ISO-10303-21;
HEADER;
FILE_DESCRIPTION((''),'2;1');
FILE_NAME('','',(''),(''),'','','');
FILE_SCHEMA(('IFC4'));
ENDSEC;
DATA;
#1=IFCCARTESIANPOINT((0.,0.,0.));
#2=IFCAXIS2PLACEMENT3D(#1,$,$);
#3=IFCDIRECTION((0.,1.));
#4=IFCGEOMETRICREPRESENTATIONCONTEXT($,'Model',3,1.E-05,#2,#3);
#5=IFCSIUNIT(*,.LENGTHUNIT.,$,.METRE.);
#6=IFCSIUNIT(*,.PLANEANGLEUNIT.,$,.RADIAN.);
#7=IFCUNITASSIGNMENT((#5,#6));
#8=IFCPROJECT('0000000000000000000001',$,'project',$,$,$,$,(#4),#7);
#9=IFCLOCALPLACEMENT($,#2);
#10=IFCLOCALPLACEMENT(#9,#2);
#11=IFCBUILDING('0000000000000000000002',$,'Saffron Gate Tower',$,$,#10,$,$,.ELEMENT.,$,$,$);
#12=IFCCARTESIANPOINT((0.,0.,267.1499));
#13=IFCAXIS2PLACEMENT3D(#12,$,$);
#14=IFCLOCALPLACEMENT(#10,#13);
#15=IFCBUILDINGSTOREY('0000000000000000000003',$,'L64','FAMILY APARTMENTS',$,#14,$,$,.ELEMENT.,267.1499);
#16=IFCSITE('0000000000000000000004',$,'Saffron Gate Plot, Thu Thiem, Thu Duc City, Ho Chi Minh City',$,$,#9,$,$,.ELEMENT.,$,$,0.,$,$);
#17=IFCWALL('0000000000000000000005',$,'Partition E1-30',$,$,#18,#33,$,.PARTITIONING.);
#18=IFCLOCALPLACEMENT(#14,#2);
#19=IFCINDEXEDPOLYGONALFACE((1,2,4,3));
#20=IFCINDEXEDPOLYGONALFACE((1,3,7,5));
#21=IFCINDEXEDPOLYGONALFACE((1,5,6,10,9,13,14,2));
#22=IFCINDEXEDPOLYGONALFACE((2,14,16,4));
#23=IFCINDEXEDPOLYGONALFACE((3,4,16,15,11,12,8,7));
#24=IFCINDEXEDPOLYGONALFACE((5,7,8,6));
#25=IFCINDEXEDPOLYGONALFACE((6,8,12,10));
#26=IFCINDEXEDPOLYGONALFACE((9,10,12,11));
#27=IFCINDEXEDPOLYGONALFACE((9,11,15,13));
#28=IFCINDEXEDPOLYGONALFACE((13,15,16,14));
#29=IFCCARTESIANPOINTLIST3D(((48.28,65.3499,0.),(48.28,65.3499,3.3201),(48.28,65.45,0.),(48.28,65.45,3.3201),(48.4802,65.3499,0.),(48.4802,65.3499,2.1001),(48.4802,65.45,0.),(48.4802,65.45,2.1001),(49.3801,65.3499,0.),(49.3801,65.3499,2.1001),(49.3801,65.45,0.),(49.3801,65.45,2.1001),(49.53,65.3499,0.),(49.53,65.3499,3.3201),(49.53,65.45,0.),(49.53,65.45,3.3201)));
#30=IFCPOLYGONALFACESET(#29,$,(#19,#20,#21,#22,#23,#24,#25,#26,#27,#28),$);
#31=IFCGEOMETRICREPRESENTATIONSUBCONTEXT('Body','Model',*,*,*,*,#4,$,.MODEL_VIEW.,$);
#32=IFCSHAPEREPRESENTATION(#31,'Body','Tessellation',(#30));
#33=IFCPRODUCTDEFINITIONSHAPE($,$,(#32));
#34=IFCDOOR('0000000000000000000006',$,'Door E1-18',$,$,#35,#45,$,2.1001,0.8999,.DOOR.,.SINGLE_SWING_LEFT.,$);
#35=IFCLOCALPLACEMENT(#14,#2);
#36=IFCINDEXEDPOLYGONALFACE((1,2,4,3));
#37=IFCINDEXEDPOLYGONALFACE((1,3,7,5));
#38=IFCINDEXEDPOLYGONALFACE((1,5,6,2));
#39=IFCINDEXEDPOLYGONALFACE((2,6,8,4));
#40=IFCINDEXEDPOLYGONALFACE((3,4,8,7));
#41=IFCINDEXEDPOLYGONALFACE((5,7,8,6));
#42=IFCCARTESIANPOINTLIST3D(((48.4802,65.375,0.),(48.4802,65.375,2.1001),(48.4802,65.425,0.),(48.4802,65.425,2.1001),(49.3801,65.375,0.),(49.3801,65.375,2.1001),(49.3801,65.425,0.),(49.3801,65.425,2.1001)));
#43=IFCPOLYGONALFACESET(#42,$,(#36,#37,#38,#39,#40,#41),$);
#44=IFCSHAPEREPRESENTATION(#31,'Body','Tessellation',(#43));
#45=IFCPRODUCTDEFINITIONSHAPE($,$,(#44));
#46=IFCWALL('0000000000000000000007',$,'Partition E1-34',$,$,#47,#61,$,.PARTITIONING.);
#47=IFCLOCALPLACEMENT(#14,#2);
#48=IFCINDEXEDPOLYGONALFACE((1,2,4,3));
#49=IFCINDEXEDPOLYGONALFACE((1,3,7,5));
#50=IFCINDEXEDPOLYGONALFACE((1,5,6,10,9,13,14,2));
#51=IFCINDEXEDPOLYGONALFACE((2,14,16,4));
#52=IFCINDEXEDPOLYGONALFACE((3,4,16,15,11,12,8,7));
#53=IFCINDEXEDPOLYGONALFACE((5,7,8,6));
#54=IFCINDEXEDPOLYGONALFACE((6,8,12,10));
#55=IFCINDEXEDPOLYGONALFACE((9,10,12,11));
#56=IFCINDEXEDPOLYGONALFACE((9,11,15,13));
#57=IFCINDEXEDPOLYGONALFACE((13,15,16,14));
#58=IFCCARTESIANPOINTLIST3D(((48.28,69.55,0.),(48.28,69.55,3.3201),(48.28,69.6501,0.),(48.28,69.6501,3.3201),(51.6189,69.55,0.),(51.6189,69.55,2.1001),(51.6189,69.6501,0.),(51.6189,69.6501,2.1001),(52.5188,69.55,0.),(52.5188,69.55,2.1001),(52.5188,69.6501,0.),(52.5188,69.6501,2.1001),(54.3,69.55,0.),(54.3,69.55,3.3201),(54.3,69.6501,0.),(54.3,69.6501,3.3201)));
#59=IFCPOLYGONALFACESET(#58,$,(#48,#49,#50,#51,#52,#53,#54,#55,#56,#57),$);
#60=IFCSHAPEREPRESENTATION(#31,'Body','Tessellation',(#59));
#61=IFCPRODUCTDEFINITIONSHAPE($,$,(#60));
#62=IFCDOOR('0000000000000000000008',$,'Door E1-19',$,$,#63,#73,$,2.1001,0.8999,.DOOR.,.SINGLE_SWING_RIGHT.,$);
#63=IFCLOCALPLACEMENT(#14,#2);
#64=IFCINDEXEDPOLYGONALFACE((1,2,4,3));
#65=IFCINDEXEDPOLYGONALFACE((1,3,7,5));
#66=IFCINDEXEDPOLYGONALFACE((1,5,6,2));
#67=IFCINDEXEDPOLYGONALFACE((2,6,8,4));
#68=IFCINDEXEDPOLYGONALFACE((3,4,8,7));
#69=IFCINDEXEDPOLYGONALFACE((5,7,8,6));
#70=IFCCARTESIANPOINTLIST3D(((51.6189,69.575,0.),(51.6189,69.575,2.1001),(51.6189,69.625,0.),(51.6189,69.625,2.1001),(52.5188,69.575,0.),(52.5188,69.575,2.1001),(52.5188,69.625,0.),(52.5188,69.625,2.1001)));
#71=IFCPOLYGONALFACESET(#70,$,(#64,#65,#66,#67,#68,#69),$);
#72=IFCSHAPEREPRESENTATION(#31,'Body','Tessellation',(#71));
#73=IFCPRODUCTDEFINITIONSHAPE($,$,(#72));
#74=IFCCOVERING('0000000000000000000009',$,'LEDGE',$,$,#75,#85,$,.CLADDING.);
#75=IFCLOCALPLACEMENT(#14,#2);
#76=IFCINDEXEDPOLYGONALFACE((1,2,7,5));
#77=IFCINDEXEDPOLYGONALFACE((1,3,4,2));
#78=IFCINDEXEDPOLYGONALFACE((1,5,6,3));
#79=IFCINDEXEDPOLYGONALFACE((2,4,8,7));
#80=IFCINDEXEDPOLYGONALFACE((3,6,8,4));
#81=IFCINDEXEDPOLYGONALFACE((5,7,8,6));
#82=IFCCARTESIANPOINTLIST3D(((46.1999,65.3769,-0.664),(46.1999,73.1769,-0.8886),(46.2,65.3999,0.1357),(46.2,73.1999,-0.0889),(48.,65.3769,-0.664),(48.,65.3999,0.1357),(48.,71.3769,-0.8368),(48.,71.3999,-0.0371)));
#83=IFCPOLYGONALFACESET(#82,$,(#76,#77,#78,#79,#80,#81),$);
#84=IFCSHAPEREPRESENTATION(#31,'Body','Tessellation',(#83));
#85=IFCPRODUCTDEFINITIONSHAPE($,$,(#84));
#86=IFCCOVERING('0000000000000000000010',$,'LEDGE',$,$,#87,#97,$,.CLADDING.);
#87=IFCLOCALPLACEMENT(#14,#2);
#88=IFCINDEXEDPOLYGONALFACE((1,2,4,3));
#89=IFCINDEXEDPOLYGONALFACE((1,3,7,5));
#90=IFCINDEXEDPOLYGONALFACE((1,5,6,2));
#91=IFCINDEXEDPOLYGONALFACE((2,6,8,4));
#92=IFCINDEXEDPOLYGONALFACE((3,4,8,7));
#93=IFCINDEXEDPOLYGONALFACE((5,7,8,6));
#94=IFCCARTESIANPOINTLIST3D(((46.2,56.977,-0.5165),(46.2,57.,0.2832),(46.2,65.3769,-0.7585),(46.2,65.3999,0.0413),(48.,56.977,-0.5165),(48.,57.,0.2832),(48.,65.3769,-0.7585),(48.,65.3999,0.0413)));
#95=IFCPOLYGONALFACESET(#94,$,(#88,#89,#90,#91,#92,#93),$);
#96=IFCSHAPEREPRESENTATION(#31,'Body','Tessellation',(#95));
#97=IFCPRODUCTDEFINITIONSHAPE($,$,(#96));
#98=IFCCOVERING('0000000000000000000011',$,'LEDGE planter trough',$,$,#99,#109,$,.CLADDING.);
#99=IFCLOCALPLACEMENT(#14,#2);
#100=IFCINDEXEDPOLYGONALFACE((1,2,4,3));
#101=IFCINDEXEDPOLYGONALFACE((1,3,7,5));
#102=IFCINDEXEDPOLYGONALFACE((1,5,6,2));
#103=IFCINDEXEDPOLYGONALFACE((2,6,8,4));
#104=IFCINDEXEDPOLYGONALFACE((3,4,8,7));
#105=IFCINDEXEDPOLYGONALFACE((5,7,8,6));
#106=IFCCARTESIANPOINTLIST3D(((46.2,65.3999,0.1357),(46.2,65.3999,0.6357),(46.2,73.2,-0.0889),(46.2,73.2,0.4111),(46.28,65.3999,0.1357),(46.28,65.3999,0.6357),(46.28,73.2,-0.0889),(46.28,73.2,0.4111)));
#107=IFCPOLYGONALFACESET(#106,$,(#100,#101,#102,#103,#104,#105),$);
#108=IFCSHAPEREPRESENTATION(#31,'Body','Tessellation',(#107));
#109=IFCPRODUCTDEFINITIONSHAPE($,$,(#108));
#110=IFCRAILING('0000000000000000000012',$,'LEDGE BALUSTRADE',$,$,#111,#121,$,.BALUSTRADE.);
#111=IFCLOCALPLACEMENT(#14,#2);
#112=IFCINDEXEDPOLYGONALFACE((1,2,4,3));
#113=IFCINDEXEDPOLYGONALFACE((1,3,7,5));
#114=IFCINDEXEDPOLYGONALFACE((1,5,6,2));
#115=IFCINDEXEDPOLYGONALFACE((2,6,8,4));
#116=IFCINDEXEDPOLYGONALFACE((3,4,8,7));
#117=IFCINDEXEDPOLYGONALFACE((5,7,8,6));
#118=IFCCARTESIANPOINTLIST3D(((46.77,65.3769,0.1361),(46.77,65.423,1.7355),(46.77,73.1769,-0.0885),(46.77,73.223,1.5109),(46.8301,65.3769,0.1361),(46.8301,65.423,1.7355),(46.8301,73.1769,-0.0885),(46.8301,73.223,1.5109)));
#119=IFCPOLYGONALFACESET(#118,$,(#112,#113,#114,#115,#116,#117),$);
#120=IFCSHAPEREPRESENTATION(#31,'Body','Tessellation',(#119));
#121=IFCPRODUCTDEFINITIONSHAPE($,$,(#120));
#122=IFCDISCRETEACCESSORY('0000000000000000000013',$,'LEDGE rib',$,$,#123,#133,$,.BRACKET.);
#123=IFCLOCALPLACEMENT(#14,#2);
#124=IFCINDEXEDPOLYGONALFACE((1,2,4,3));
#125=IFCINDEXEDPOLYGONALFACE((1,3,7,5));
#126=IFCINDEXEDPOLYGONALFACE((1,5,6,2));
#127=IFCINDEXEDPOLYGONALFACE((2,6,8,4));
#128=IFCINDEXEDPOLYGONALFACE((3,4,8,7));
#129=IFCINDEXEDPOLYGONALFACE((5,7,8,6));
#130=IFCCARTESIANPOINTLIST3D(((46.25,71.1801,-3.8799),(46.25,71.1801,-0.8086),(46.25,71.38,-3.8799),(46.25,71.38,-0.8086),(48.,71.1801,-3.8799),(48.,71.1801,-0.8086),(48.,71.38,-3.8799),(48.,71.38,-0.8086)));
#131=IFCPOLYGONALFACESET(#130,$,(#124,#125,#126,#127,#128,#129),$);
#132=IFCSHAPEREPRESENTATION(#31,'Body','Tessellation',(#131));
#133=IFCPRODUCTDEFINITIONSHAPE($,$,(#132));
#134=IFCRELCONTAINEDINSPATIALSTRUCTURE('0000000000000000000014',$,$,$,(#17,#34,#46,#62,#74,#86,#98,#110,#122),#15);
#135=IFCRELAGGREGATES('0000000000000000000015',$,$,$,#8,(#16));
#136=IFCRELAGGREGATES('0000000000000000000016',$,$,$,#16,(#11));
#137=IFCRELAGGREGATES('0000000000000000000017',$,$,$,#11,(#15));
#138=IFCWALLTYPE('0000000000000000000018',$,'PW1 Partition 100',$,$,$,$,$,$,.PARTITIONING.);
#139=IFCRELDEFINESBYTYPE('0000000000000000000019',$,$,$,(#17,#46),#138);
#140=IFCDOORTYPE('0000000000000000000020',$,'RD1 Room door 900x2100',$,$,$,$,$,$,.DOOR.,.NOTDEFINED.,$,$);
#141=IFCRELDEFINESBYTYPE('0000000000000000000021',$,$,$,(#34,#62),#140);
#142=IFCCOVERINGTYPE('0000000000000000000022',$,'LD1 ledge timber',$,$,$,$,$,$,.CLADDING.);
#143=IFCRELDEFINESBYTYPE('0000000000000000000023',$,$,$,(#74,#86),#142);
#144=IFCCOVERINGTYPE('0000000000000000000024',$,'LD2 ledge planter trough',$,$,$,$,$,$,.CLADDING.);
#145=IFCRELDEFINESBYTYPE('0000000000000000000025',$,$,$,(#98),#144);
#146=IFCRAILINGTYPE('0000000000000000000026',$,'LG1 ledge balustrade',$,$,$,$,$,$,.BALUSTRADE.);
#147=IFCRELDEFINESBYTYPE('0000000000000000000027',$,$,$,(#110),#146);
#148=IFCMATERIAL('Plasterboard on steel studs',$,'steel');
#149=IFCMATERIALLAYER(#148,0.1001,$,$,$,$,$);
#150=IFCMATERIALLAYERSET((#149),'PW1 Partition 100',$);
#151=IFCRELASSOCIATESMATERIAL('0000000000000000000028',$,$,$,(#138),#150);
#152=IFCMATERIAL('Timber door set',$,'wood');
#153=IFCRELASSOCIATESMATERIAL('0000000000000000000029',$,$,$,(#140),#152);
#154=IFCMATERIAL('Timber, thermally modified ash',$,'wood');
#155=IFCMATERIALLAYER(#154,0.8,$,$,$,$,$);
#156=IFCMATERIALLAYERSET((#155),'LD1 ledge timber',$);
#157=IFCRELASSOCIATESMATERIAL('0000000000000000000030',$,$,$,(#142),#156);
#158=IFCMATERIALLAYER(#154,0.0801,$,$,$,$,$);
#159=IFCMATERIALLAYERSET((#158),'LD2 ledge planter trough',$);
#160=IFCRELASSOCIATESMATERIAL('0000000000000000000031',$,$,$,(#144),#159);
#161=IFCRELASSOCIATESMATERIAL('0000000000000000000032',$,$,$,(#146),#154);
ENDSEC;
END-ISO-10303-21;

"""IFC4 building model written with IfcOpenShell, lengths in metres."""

from ifc_helpers import new_model, si_unit, direction, frame, frame_2d, origin, origin_2d, place, context, subcontext, project, spatial, polyline, rectangle, outline, extrude, material, layer, layer_set, type_object, element, fill, save


model = new_model("IFC4")

# Units and contexts
model_context = context("Model", 3, precision=1e-05, world=origin(), true_north=direction((0.0, 1.0)))
body_context = subcontext(model_context, "Body", "Model", "MODEL_VIEW")
ifc_project = project(units=[si_unit("LENGTHUNIT", "METRE"), si_unit("PLANEANGLEUNIT", "RADIAN")], contexts=[model_context])

# Site, building, storey
site_placement = place(None, origin())
site = spatial("IfcSite", under=ifc_project, at=site_placement, Name="Saffron Gate Plot, Thu Thiem, Thu Duc City, Ho Chi Minh City", CompositionType="ELEMENT", RefElevation=0.0)
building_placement = place(site_placement, origin())
building = spatial("IfcBuilding", under=site, at=building_placement, Name="Saffron Gate Tower", CompositionType="ELEMENT")
storey_placement = place(building_placement, frame((0.0, 0.0, 267.1499)))
storey = spatial("IfcBuildingStorey", under=building, at=storey_placement, Name="L64", Description="FAMILY APARTMENTS", CompositionType="ELEMENT", Elevation=267.1499)

# Walls, openings, doors
ifc_material_1 = material(Name="Plasterboard on steel studs", Category="steel")
ifc_layer_1 = layer(ifc_material_1, 0.1001)
ifc_layer_set_1 = layer_set([ifc_layer_1], Name="PW1 Partition 100")
wall_type = type_object("IfcWallType", Name="PW1 Partition 100", PredefinedType="PARTITIONING", material=ifc_layer_set_1)
wall_1_placement = place(storey_placement, frame((49.53, 65.3999, 0.0), z_axis=(0.0, 0.0, 1.0), x_axis=(-1.0, 0.0, 0.0)))
wall_1 = element("IfcWall", 1, at=wall_1_placement, inside=storey, type_object=wall_type, Name="Partition E1-30", PredefinedType="PARTITIONING", context=body_context, shape_type="SweptSolid", body=[
    extrude(rectangle(XDim=1.25, YDim=0.1001, at=frame_2d((0.625, 0.0))), origin(), (0.0, 0.0, 1.0), 3.3201),
])
opening_1_placement = place(wall_1_placement, frame((0.1499, 0.0, 0.0)))
opening_1 = element("IfcOpeningElement", 2, at=opening_1_placement, cuts=wall_1, PredefinedType="OPENING", context=body_context, shape_type="SweptSolid", body=[
    extrude(rectangle(XDim=0.8999, YDim=2.1001, at=frame_2d((0.45, 1.05))), frame((0.0, 0.0601, 0.0), z_axis=(0.0, -1.0, 0.0), x_axis=(1.0, 0.0, 0.0)), (0.0, 0.0, 1.0), 0.1201),
])
ifc_material_2 = material(Name="Timber door set", Category="wood")
door_type = type_object("IfcDoorType", Name="RD1 Room door 900x2100", OperationType="NOTDEFINED", PredefinedType="DOOR", material=ifc_material_2)
door_1_placement = place(opening_1_placement, origin())
door_1 = element("IfcDoor", 3, at=door_1_placement, inside=storey, type_object=door_type, Name="Door E1-18", OperationType="SINGLE_SWING_LEFT", OverallHeight=2.1001, OverallWidth=0.8999, PredefinedType="DOOR", context=body_context, shape_type="SweptSolid", body=[
    extrude(rectangle(XDim=0.8999, YDim=2.1001, at=frame_2d((0.45, 1.05))), frame((0.0, 0.0249, 0.0), z_axis=(0.0, -1.0, 0.0), x_axis=(1.0, 0.0, 0.0)), (0.0, 0.0, 1.0), 0.05),
])
fill(opening_1, door_1)
wall_2_placement = place(storey_placement, frame((48.28, 69.6001, 0.0), z_axis=(0.0, 0.0, 1.0), x_axis=(1.0, 0.0, 0.0)))
wall_2 = element("IfcWall", 4, at=wall_2_placement, inside=storey, type_object=wall_type, Name="Partition E1-34", PredefinedType="PARTITIONING", context=body_context, shape_type="SweptSolid", body=[
    extrude(rectangle(XDim=6.02, YDim=0.1001, at=frame_2d((3.01, 0.0))), origin(), (0.0, 0.0, 1.0), 3.3201),
])
opening_2_placement = place(wall_2_placement, frame((3.3389, 0.0, 0.0)))
opening_2 = element("IfcOpeningElement", 5, at=opening_2_placement, cuts=wall_2, PredefinedType="OPENING", context=body_context, shape_type="SweptSolid", body=[
    extrude(rectangle(XDim=0.8999, YDim=2.1001, at=frame_2d((0.45, 1.05))), frame((0.0, 0.0601, 0.0), z_axis=(0.0, -1.0, 0.0), x_axis=(1.0, 0.0, 0.0)), (0.0, 0.0, 1.0), 0.1201),
])
door_2_placement = place(opening_2_placement, origin())
door_2 = element("IfcDoor", 6, at=door_2_placement, inside=storey, type_object=door_type, Name="Door E1-19", OperationType="SINGLE_SWING_RIGHT", OverallHeight=2.1001, OverallWidth=0.8999, PredefinedType="DOOR", context=body_context, shape_type="SweptSolid", body=[
    extrude(rectangle(XDim=0.8999, YDim=2.1001, at=frame_2d((0.45, 1.05))), frame((0.0, 0.0249, 0.0), z_axis=(0.0, -1.0, 0.0), x_axis=(1.0, 0.0, 0.0)), (0.0, 0.0, 1.0), 0.05),
])
fill(opening_2, door_2)

# Coverings
ifc_material_3 = material(Name="Timber, thermally modified ash", Category="wood")
ifc_layer_2 = layer(ifc_material_3, 0.8)
ifc_layer_set_2 = layer_set([ifc_layer_2], Name="LD1 ledge timber")
covering_type_1 = type_object("IfcCoveringType", Name="LD1 ledge timber", PredefinedType="CLADDING", material=ifc_layer_set_2)
covering_1_placement = place(storey_placement, frame((48.0, 71.3999, -0.0371), z_axis=(0.000024, 0.028789, 0.999585), x_axis=(0.0, -0.999585, 0.028789)))
element("IfcCovering", 7, at=covering_1_placement, inside=storey, type_object=covering_type_1, Name="LEDGE", PredefinedType="CLADDING", context=body_context, shape_type="SweptSolid", body=[
    extrude(outline(polyline([(0.0, 0.0), (6.0025, 0.0), (6.0025, -1.8), (-1.8008, -1.8), (0.0, 0.0)])), origin(), (0.0, 0.0, -1.0), 0.8),
])
covering_2_placement = place(storey_placement, frame((48.0, 65.3999, 0.0413), z_axis=(0.0, 0.028791, 0.999585), x_axis=(0.0, -0.999585, 0.028791)))
element("IfcCovering", 8, at=covering_2_placement, inside=storey, type_object=covering_type_1, Name="LEDGE", PredefinedType="CLADDING", context=body_context, shape_type="SweptSolid", body=[
    extrude(outline(polyline([(0.0, 0.0), (8.4034, 0.0), (8.4034, -1.8), (0.0, -1.8), (0.0, 0.0)])), origin(), (0.0, 0.0, -1.0), 0.8),
])
ifc_layer_3 = layer(ifc_material_3, 0.0801)
ifc_layer_set_3 = layer_set([ifc_layer_3], Name="LD2 ledge planter trough")
covering_type_2 = type_object("IfcCoveringType", Name="LD2 ledge planter trough", PredefinedType="CLADDING", material=ifc_layer_set_3)
covering_3_placement = place(storey_placement, frame((46.2, 73.2, -0.0889), z_axis=(-1.0, 0.0, 0.0), x_axis=(0.0, -0.999586, 0.028784)))
element("IfcCovering", 9, at=covering_3_placement, inside=storey, type_object=covering_type_2, Name="LEDGE planter trough", PredefinedType="CLADDING", context=body_context, shape_type="SweptSolid", body=[
    extrude(outline(polyline([(0.0, 0.0), (7.8033, 0.0), (7.8177, 0.4998), (0.0144, 0.4998), (0.0, 0.0)])), origin(), (0.0, 0.0, -1.0), 0.0801),
])

# Railing
railing_type = type_object("IfcRailingType", Name="LG1 ledge balustrade", PredefinedType="BALUSTRADE", material=ifc_material_3)
railing_placement = place(storey_placement, frame((46.8, 73.2, -0.0889)))
element("IfcRailing", 10, at=railing_placement, inside=storey, type_object=railing_type, Name="LEDGE BALUSTRADE", PredefinedType="BALUSTRADE", context=body_context, shape_type="SweptSolid", body=[
    extrude(rectangle(XDim=0.0601, YDim=1.6001, at=origin_2d()), frame((0.0, 0.0, 0.8), z_axis=(0.0, -0.999586, 0.028784), x_axis=(1.0, 0.0, 0.0)), (0.0, 0.0, 1.0), 7.8032),
])

# Discrete accessory
discrete_accessory_placement = place(storey_placement, frame((47.125, 71.28, -3.8799), z_axis=(0.0, 0.0, 1.0), x_axis=(0.0, -1.0, 0.0)))
element("IfcDiscreteAccessory", 11, at=discrete_accessory_placement, inside=storey, Name="LEDGE rib", PredefinedType="BRACKET", context=body_context, shape_type="SweptSolid", body=[
    extrude(rectangle(XDim=0.2, YDim=1.75, at=origin_2d()), origin(), (0.0, 0.0, 1.0), 3.0713),
])

save(model, "model.ifc")
